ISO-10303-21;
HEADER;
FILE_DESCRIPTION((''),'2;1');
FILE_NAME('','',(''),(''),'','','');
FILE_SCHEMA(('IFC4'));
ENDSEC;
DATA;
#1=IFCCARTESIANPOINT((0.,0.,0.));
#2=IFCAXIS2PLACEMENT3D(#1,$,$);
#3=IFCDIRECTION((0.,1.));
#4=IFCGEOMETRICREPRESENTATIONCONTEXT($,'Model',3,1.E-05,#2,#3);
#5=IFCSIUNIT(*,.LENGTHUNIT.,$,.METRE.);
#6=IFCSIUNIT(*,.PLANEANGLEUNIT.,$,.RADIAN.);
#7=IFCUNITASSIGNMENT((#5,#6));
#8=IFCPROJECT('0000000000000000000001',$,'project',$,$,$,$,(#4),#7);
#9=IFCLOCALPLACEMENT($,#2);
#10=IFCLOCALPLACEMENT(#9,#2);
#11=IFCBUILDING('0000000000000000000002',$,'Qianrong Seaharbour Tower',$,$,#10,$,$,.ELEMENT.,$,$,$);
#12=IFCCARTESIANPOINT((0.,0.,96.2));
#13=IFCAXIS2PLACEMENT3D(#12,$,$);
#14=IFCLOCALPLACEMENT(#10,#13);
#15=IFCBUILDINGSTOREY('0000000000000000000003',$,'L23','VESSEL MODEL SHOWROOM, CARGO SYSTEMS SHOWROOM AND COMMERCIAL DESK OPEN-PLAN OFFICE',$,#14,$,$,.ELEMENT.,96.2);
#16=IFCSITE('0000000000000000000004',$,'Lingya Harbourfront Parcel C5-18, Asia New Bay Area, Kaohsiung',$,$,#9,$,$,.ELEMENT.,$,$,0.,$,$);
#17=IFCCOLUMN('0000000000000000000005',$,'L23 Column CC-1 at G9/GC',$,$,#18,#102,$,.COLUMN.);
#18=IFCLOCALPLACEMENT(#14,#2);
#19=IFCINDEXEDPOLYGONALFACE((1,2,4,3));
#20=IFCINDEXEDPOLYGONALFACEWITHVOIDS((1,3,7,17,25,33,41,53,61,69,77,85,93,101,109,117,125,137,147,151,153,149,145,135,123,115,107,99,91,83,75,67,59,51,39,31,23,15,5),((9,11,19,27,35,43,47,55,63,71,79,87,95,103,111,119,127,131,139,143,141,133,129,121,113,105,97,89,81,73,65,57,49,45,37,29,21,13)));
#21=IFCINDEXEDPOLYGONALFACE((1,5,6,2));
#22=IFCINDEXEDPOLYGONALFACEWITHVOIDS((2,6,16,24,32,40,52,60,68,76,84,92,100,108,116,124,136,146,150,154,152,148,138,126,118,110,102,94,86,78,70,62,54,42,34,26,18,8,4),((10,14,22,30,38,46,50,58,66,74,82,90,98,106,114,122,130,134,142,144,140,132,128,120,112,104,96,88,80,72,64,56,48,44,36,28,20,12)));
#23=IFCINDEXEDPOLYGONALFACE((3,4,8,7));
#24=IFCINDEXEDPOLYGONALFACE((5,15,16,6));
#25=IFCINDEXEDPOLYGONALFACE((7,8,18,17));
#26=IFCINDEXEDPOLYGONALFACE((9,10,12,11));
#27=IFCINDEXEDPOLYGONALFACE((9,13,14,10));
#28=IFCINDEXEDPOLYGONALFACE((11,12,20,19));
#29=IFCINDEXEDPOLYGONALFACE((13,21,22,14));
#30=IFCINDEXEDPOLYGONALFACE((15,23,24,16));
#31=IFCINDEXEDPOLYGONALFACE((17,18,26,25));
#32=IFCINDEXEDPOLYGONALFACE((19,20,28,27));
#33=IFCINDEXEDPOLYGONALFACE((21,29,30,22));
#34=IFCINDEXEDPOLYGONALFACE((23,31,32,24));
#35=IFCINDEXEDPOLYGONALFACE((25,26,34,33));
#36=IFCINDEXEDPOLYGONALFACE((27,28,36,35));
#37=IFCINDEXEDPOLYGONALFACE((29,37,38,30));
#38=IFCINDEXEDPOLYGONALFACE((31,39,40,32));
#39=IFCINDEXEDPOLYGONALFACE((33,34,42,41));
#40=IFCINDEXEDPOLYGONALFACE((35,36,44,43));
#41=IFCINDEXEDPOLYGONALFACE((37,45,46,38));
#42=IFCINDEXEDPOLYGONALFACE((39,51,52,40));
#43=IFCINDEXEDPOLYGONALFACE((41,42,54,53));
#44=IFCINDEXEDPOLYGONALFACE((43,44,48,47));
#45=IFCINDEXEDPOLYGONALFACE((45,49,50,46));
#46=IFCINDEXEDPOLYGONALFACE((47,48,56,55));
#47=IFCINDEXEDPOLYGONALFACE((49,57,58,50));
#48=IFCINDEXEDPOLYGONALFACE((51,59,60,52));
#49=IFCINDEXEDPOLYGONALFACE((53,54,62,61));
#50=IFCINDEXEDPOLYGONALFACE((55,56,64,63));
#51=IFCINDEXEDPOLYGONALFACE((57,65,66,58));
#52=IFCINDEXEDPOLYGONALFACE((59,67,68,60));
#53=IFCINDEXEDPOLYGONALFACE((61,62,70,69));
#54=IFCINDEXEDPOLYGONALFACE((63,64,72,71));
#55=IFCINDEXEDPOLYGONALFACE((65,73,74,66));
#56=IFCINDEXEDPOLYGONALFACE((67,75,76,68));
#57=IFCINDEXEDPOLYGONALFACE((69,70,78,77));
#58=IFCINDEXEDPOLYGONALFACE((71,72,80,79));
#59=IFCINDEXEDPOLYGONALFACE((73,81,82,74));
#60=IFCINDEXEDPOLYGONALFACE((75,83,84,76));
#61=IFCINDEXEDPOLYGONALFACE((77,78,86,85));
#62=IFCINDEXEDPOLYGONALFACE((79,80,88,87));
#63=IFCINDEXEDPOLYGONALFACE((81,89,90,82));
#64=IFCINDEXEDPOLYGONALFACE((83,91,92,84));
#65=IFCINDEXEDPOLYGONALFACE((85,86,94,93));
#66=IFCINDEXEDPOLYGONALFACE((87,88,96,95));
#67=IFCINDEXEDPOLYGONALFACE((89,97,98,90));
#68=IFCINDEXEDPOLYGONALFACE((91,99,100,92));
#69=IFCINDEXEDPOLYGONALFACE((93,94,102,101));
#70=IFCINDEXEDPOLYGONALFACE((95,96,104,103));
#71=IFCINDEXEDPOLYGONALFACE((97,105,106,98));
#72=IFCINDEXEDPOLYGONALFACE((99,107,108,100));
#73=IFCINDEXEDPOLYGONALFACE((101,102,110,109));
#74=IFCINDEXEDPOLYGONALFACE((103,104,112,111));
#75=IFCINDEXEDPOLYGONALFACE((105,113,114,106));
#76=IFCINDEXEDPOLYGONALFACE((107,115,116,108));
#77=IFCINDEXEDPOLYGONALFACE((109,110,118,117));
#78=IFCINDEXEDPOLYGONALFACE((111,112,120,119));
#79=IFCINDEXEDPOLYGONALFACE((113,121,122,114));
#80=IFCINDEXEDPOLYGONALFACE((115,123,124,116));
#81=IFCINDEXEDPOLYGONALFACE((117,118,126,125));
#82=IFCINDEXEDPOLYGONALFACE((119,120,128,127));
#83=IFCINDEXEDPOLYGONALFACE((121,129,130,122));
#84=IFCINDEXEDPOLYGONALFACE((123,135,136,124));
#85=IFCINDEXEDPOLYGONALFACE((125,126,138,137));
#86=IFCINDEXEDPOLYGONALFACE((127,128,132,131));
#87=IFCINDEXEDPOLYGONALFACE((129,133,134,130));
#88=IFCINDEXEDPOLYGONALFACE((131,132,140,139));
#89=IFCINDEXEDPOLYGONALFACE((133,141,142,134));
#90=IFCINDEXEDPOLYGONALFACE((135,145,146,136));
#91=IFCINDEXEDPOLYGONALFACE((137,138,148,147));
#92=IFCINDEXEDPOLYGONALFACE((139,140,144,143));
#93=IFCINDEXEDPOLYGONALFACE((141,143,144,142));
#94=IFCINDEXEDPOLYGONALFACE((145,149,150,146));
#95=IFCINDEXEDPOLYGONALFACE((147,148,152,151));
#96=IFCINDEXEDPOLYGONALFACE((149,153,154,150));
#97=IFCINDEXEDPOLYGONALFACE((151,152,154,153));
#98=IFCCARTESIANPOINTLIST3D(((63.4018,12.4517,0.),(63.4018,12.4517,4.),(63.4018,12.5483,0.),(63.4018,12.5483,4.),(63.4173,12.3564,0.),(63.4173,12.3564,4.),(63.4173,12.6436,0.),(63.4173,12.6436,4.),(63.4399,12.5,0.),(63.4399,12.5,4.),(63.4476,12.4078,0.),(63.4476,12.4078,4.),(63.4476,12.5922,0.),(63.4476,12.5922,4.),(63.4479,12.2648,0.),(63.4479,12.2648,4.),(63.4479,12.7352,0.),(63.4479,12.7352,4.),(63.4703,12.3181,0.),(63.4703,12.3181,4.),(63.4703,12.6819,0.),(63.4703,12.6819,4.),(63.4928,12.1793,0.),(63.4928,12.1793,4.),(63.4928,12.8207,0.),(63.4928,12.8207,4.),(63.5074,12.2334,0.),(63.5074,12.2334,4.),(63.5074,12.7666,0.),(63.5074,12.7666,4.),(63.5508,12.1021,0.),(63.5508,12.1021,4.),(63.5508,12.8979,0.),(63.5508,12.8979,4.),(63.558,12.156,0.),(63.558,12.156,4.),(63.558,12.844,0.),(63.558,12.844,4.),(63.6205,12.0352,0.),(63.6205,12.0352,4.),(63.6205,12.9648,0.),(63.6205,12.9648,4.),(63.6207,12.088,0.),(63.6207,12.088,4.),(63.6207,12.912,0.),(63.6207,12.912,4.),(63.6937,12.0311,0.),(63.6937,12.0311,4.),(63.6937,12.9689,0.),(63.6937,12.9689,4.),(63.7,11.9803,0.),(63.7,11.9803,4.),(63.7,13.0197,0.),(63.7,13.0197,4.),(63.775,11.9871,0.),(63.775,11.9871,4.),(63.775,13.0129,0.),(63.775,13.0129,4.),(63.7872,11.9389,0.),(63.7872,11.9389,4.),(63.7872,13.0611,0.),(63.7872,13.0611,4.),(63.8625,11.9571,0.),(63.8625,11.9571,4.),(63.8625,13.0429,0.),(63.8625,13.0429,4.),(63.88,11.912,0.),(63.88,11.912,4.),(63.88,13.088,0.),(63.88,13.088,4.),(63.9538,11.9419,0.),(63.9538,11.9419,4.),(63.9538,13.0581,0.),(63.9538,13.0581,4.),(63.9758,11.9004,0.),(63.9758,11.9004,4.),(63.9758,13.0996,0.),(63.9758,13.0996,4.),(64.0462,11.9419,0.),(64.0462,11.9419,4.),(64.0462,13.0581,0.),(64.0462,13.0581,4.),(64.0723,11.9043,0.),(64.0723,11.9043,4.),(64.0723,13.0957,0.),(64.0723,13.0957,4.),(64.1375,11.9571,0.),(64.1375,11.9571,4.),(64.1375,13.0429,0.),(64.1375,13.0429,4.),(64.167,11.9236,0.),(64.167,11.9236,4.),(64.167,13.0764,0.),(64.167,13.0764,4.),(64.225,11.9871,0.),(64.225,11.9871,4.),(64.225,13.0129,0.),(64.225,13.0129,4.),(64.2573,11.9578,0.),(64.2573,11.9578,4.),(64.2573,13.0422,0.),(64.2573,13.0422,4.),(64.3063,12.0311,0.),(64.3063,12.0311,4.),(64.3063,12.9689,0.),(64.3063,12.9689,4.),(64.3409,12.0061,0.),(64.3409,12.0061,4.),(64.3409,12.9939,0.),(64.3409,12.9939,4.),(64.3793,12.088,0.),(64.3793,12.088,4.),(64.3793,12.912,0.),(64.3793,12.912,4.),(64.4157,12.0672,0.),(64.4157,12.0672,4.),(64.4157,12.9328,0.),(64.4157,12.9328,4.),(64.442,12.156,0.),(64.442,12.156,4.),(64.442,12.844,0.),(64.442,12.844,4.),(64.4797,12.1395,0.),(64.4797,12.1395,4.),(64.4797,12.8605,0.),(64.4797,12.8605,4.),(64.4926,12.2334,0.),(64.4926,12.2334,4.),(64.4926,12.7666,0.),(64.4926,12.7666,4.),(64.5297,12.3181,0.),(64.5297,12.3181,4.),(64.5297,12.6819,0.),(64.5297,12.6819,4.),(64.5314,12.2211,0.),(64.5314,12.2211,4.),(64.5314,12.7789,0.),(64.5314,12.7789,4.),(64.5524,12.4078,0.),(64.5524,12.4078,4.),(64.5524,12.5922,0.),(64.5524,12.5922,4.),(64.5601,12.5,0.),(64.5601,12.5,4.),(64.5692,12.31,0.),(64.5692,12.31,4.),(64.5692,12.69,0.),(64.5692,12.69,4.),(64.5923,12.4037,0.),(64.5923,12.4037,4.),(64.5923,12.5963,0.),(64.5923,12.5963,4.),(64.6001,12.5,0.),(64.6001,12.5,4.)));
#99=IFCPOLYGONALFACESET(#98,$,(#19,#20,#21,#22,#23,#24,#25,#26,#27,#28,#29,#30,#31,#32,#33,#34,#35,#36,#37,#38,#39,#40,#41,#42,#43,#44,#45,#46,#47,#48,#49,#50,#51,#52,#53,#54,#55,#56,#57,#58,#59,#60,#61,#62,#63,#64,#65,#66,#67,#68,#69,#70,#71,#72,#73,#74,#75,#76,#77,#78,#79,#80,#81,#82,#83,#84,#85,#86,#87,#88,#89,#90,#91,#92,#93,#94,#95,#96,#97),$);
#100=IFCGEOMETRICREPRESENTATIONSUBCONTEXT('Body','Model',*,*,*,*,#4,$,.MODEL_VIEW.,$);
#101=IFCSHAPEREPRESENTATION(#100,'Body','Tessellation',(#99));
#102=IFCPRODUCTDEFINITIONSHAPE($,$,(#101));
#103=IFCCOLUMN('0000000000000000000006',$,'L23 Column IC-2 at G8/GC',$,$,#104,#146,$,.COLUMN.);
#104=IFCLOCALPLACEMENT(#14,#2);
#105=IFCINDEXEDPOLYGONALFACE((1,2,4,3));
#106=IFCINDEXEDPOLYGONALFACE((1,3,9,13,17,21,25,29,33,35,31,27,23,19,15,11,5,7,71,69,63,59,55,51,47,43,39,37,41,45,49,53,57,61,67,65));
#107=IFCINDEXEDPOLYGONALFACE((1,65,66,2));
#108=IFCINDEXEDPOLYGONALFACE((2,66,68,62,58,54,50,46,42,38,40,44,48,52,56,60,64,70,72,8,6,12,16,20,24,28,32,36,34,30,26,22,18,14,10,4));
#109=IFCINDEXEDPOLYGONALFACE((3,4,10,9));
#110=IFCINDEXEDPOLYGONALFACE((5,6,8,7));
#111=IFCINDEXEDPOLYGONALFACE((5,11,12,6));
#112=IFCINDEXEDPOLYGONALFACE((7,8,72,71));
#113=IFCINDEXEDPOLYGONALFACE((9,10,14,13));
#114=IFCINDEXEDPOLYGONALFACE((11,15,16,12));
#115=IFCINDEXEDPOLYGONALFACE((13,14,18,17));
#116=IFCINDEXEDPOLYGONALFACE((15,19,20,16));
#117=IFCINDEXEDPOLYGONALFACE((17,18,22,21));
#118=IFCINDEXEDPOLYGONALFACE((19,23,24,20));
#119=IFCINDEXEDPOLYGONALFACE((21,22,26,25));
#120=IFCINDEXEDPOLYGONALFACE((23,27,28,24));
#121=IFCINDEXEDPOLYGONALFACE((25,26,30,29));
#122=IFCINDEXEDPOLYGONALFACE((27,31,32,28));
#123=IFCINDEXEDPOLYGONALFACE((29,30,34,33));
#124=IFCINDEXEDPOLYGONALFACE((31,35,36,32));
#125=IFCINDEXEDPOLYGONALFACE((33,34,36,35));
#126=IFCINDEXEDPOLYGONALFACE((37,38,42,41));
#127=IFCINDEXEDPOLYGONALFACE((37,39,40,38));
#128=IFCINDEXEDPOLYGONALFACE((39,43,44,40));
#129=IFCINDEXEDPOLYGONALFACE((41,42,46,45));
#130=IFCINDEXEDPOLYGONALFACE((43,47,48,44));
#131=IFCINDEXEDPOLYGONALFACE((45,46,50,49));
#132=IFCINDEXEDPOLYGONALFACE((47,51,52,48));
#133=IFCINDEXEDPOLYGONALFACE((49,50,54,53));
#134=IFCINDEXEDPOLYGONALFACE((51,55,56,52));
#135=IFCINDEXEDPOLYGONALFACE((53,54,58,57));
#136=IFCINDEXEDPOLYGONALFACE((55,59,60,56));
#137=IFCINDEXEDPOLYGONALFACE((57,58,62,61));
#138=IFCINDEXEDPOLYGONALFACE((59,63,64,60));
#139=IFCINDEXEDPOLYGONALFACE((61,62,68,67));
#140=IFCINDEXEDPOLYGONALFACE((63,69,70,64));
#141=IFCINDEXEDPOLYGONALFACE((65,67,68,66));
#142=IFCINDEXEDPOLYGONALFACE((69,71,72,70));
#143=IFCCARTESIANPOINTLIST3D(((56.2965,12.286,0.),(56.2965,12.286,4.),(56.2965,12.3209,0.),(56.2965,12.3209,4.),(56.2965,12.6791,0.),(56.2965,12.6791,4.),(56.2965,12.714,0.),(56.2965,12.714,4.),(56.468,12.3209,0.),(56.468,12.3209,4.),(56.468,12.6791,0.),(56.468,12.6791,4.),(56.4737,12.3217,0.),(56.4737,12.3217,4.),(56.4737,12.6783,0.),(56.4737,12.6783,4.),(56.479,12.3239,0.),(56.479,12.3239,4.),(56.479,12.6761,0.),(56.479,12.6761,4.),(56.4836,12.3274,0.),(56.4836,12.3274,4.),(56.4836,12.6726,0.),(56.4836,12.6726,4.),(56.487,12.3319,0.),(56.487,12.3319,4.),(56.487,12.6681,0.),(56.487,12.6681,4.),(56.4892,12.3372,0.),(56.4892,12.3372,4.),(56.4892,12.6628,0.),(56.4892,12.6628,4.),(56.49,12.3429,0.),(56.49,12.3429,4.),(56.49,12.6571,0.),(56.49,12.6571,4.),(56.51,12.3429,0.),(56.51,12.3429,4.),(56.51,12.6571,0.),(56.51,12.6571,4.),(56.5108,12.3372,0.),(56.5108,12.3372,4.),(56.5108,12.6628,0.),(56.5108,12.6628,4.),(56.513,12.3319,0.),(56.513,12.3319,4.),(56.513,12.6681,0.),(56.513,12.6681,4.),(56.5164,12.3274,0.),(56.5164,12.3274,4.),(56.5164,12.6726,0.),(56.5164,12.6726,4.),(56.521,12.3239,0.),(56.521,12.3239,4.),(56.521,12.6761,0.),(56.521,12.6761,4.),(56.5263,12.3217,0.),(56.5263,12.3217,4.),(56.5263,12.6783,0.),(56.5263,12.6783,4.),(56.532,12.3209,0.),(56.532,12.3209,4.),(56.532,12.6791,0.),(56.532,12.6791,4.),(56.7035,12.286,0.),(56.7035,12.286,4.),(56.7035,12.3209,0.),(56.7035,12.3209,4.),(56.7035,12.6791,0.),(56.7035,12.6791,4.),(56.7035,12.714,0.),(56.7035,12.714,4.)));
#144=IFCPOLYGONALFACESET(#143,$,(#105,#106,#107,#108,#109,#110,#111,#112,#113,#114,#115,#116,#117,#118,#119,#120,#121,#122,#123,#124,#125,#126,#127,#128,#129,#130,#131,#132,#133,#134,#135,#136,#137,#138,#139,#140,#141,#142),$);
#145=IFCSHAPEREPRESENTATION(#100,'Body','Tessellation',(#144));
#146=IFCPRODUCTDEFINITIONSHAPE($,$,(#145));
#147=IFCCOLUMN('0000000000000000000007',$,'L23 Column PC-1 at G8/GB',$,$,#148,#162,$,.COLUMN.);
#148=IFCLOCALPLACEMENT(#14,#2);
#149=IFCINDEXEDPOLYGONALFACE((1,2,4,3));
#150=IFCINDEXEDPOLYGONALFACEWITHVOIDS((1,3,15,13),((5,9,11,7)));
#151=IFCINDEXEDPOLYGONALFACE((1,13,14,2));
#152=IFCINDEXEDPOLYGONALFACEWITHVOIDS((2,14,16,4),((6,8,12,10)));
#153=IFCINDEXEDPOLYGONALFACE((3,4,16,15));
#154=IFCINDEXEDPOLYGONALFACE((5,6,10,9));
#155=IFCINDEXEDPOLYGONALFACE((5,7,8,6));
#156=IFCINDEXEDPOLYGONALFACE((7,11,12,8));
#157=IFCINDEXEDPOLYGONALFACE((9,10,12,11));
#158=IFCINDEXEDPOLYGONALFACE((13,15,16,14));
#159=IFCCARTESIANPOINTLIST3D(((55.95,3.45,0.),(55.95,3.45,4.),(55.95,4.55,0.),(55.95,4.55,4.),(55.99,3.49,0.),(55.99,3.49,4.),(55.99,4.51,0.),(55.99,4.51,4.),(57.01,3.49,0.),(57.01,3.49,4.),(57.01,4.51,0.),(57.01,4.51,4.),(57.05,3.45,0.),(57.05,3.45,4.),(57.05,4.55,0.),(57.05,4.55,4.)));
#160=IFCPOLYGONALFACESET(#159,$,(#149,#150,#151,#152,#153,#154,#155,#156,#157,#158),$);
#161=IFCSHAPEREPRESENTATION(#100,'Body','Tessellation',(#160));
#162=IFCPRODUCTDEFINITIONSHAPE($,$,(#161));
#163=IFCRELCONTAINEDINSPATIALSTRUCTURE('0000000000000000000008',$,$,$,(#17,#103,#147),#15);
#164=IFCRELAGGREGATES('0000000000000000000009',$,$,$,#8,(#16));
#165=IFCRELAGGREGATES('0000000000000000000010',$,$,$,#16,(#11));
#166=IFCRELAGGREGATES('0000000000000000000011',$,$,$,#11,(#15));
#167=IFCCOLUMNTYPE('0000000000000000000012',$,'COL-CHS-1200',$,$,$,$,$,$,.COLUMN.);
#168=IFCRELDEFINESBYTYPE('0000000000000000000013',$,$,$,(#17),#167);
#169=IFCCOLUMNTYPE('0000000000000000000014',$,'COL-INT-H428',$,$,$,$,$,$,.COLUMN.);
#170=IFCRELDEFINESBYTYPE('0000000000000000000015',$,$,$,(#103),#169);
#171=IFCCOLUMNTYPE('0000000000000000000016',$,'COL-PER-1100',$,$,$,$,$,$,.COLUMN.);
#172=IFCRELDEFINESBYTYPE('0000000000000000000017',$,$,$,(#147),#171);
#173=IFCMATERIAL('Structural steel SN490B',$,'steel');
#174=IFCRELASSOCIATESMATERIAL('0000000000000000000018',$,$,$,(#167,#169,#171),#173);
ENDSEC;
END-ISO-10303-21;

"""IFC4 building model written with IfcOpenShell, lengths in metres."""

from ifc_helpers import new_model, si_unit, direction, frame, origin, origin_2d, place, context, subcontext, project, spatial, hollow_rectangle, hollow_circle, i_section, extrude, material, material_profile, profile_set, type_object, element, save


model = new_model("IFC4")

# Units and contexts
model_context = context("Model", 3, precision=1e-05, world=origin(), true_north=direction((0.0, 1.0)))
body_context = subcontext(model_context, "Body", "Model", "MODEL_VIEW")
ifc_project = project(units=[si_unit("LENGTHUNIT", "METRE"), si_unit("PLANEANGLEUNIT", "RADIAN")], contexts=[model_context])

# Site, building, storey
site_placement = place(None, origin())
site = spatial("IfcSite", under=ifc_project, at=site_placement, Name="Lingya Harbourfront Parcel C5-18, Asia New Bay Area, Kaohsiung", CompositionType="ELEMENT", RefElevation=0.0)
building_placement = place(site_placement, origin())
building = spatial("IfcBuilding", under=site, at=building_placement, Name="Qianrong Seaharbour Tower", CompositionType="ELEMENT")
storey_placement = place(building_placement, frame((0.0, 0.0, 96.2)))
storey = spatial("IfcBuildingStorey", under=building, at=storey_placement, Name="L23", Description="VESSEL MODEL SHOWROOM, CARGO SYSTEMS SHOWROOM AND COMMERCIAL DESK OPEN-PLAN OFFICE", CompositionType="ELEMENT", Elevation=96.2)

# Columns
ifc_material_1 = material(Name="Structural steel SN490B", Category="steel")
ifc_material_profile_1 = material_profile(ifc_material_1, hollow_circle(Radius=0.6001, WallThickness=0.04, at=origin_2d()), Name="CHS1200x40")
ifc_profile_set_1 = profile_set([ifc_material_profile_1], Name="Structural steel SN490B")
column_type_1 = type_object("IfcColumnType", Name="COL-CHS-1200", PredefinedType="COLUMN", material=ifc_profile_set_1)
column_1_placement = place(storey_placement, frame((64.0, 12.5, 0.0), z_axis=(0.0, 0.0, 1.0), x_axis=(1.0, 0.0, 0.0)))
element("IfcColumn", 1, at=column_1_placement, inside=storey, type_object=column_type_1, Name="L23 Column CC-1 at G9/GC", PredefinedType="COLUMN", context=body_context, shape_type="SweptSolid", body=[
    extrude(hollow_circle(Radius=0.6001, WallThickness=0.04, at=origin_2d()), origin(), (0.0, 0.0, 1.0), 4.0),
])
ifc_material_profile_2 = material_profile(ifc_material_1, i_section(OverallWidth=0.407, OverallDepth=0.428, WebThickness=0.02, FlangeThickness=0.0349, FilletRadius=0.022, at=origin_2d()), Name="H428x407x20x35")
ifc_profile_set_2 = profile_set([ifc_material_profile_2], Name="Structural steel SN490B")
column_type_2 = type_object("IfcColumnType", Name="COL-INT-H428", PredefinedType="COLUMN", material=ifc_profile_set_2)
column_2_placement = place(storey_placement, frame((56.5, 12.5, 0.0), z_axis=(0.0, 0.0, 1.0), x_axis=(1.0, 0.0, 0.0)))
element("IfcColumn", 2, at=column_2_placement, inside=storey, type_object=column_type_2, Name="L23 Column IC-2 at G8/GC", PredefinedType="COLUMN", context=body_context, shape_type="SweptSolid", body=[
    extrude(i_section(OverallWidth=0.407, OverallDepth=0.428, WebThickness=0.02, FlangeThickness=0.0349, FilletRadius=0.022, at=origin_2d()), origin(), (0.0, 0.0, 1.0), 4.0),
])
ifc_material_profile_3 = material_profile(ifc_material_1, hollow_rectangle(XDim=1.1001, YDim=1.1001, WallThickness=0.04, at=origin_2d()), Name="BOX1100x1100x40")
ifc_profile_set_3 = profile_set([ifc_material_profile_3], Name="Structural steel SN490B")
column_type_3 = type_object("IfcColumnType", Name="COL-PER-1100", PredefinedType="COLUMN", material=ifc_profile_set_3)
column_3_placement = place(storey_placement, frame((56.5, 4.0, 0.0), z_axis=(0.0, 0.0, 1.0), x_axis=(1.0, 0.0, 0.0)))
element("IfcColumn", 3, at=column_3_placement, inside=storey, type_object=column_type_3, Name="L23 Column PC-1 at G8/GB", PredefinedType="COLUMN", context=body_context, shape_type="SweptSolid", body=[
    extrude(hollow_rectangle(XDim=1.1001, YDim=1.1001, WallThickness=0.04, at=origin_2d()), origin(), (0.0, 0.0, 1.0), 4.0),
])

save(model, "model.ifc")
